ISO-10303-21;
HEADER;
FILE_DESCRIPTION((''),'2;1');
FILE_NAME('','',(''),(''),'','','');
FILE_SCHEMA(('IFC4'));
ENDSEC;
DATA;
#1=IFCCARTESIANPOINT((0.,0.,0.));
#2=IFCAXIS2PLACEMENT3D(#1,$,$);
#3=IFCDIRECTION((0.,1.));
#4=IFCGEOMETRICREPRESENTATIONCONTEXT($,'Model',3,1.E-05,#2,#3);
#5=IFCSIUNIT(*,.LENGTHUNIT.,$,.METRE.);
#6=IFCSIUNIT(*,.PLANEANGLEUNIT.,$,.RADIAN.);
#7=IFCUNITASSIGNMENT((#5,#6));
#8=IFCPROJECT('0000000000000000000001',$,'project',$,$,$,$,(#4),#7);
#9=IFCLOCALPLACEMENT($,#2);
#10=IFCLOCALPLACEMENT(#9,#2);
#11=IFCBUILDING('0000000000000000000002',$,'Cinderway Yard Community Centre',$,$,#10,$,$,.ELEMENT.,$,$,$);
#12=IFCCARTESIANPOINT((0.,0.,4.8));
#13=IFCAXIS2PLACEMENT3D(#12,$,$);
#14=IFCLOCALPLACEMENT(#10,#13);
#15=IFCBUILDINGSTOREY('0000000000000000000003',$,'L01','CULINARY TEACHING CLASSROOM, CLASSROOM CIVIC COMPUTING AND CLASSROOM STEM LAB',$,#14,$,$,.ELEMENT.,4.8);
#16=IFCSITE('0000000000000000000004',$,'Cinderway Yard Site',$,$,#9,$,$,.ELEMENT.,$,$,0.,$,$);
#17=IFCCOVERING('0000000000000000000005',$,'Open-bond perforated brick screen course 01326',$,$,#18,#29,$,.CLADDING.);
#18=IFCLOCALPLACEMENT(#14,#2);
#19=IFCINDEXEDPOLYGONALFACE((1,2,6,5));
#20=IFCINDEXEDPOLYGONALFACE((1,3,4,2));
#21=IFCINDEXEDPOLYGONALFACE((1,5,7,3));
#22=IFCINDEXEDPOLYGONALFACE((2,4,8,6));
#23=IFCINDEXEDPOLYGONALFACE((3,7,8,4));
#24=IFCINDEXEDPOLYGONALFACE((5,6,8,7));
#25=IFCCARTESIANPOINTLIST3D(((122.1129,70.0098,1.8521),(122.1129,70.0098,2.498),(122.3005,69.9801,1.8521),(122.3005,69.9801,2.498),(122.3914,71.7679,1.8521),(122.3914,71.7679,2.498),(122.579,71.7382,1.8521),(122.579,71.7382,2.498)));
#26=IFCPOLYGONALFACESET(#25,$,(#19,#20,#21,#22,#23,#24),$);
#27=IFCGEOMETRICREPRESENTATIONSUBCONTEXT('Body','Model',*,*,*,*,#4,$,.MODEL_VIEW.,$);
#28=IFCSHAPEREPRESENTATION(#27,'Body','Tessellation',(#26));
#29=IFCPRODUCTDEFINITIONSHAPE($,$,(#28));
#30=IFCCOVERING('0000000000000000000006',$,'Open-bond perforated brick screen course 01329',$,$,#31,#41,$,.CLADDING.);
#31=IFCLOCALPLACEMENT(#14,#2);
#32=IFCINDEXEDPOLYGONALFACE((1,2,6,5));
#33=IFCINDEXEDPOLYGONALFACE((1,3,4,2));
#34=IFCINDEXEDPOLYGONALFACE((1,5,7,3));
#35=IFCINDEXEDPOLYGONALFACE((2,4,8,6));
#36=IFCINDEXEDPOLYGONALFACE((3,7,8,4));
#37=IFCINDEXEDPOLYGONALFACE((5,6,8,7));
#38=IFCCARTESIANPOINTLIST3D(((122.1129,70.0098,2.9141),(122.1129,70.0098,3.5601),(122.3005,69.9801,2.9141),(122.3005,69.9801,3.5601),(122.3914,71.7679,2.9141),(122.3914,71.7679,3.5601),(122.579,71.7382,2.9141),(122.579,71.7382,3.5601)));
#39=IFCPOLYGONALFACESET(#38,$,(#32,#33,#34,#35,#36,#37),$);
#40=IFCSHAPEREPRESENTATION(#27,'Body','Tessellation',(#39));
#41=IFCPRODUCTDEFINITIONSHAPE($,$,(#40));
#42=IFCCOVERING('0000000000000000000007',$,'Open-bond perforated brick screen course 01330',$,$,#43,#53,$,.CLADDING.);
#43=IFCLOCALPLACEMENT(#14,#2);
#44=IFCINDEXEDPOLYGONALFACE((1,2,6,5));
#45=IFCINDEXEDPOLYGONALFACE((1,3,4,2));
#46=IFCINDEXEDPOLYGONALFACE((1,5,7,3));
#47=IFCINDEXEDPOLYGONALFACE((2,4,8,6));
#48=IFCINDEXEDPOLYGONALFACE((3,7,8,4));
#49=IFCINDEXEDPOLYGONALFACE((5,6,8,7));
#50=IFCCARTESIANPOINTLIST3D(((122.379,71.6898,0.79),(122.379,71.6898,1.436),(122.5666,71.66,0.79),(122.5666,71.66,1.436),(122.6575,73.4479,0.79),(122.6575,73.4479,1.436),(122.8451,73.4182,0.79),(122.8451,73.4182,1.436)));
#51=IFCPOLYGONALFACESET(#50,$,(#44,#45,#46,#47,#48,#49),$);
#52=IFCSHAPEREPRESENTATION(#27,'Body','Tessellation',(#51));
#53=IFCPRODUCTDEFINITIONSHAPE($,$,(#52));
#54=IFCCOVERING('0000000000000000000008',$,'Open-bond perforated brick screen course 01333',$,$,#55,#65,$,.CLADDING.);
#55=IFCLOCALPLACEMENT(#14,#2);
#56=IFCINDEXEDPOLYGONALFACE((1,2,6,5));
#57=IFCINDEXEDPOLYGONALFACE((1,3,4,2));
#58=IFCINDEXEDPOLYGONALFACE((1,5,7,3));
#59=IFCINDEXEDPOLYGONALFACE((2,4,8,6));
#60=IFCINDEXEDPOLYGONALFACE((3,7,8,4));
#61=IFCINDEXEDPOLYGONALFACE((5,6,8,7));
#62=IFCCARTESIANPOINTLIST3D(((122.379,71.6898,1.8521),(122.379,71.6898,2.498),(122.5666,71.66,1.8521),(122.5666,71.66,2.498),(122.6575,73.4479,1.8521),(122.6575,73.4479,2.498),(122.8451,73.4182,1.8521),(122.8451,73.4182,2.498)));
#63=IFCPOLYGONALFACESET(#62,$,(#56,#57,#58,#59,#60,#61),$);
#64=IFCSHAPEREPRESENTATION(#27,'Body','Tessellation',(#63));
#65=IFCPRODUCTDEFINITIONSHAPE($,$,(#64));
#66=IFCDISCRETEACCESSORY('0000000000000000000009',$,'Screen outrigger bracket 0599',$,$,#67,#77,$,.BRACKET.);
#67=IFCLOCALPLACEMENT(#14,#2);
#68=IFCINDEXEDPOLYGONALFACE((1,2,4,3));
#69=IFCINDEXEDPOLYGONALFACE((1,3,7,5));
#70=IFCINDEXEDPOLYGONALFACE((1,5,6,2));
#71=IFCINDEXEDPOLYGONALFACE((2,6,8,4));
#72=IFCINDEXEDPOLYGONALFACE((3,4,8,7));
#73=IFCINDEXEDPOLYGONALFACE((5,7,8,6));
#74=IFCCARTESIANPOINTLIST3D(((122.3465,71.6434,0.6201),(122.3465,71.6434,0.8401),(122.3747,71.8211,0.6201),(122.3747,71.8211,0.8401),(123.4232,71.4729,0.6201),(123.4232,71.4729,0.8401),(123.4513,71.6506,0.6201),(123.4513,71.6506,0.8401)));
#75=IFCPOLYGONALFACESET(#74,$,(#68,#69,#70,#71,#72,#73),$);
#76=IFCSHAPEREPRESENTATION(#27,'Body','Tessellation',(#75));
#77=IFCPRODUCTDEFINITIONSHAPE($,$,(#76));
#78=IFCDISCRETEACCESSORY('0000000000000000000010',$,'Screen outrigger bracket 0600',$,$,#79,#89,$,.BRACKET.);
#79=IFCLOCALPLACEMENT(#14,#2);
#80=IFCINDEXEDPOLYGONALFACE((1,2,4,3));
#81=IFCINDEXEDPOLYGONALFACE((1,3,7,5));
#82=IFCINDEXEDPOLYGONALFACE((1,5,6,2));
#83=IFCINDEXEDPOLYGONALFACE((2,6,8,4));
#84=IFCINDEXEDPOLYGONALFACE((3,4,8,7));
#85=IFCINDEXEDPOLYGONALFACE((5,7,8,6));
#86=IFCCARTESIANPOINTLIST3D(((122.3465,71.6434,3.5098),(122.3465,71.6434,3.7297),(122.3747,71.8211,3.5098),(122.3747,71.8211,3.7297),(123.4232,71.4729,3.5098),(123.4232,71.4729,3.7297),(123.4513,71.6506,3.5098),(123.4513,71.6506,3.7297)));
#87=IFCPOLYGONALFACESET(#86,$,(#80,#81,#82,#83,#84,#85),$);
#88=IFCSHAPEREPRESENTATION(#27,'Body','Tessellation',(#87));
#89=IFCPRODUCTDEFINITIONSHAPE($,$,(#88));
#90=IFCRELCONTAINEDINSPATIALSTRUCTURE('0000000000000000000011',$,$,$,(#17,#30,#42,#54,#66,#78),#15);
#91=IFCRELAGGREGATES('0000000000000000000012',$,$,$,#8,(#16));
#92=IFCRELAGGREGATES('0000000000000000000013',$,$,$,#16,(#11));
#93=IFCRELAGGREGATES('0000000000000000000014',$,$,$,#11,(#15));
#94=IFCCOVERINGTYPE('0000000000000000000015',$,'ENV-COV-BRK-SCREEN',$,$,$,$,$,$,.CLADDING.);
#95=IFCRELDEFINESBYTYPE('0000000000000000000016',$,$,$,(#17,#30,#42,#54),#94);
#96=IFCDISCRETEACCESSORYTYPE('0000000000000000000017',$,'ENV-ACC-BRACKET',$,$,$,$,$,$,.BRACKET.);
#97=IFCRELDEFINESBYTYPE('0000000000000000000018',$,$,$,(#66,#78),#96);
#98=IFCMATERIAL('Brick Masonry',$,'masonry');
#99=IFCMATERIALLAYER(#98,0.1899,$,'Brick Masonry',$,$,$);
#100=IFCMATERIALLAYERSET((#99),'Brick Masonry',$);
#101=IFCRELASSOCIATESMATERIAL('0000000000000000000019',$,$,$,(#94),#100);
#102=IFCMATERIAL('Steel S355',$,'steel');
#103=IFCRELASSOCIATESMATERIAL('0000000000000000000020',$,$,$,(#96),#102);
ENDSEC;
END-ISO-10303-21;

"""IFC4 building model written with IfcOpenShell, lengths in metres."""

from ifc_helpers import new_model, si_unit, direction, frame, origin, origin_2d, place, context, subcontext, project, spatial, rectangle, extrude, material, layer, layer_set, type_object, element, save


model = new_model("IFC4")

# Units and contexts
model_context = context("Model", 3, precision=1e-05, world=origin(), true_north=direction((0.0, 1.0)))
body_context = subcontext(model_context, "Body", "Model", "MODEL_VIEW")
ifc_project = project(units=[si_unit("LENGTHUNIT", "METRE"), si_unit("PLANEANGLEUNIT", "RADIAN")], contexts=[model_context])

# Site, building, storey
site_placement = place(None, origin())
site = spatial("IfcSite", under=ifc_project, at=site_placement, Name="Cinderway Yard Site", CompositionType="ELEMENT", RefElevation=0.0)
building_placement = place(site_placement, origin())
building = spatial("IfcBuilding", under=site, at=building_placement, Name="Cinderway Yard Community Centre", CompositionType="ELEMENT")
storey_placement = place(building_placement, frame((0.0, 0.0, 4.8)))
storey = spatial("IfcBuildingStorey", under=building, at=storey_placement, Name="L01", Description="CULINARY TEACHING CLASSROOM, CLASSROOM CIVIC COMPUTING AND CLASSROOM STEM LAB", CompositionType="ELEMENT", Elevation=4.8)

# Shared definitions
ifc_material_1 = material(Name="Steel S355", Category="steel")

# Coverings
ifc_material_2 = material(Name="Brick Masonry", Category="masonry")
ifc_layer_1 = layer(ifc_material_2, 0.1899, Name="Brick Masonry")
ifc_layer_set_1 = layer_set([ifc_layer_1], Name="Brick Masonry")
covering_type = type_object("IfcCoveringType", Name="ENV-COV-BRK-SCREEN", PredefinedType="CLADDING", material=ifc_layer_set_1)
for number, where, z_axis, x_axis, name in (
    (1, (122.3459, 70.874, 1.8521), (0.0, 0.0, 1.0), (0.156434, 0.987688, 0.0), "Open-bond perforated brick screen course 01326"),
    (2, (122.3459, 70.874, 2.9141), (0.0, 0.0, 1.0), (0.156434, 0.987688, 0.0), "Open-bond perforated brick screen course 01329"),
    (3, (122.6121, 72.554, 0.79), (0.0, 0.0, 1.0), (0.156434, 0.987688, 0.0), "Open-bond perforated brick screen course 01330"),
    (4, (122.6121, 72.554, 1.8521), (0.0, 0.0, 1.0), (0.156434, 0.987688, 0.0), "Open-bond perforated brick screen course 01333"),
):
    element("IfcCovering", number, at=place(storey_placement, frame(where, z_axis=z_axis, x_axis=x_axis)), inside=storey, type_object=covering_type, Name=name, PredefinedType="CLADDING", context=body_context, shape_type="SweptSolid", body=[
        extrude(rectangle(XDim=1.78, YDim=0.1899, at=origin_2d()), origin(), (0.0, 0.0, 1.0), 0.646),
    ])

# Discrete accessories
discrete_accessory_type = type_object("IfcDiscreteAccessoryType", Name="ENV-ACC-BRACKET", PredefinedType="BRACKET", material=ifc_material_1)
for number, where, z_axis, x_axis, name in (
    (5, (122.8989, 71.647, 0.6201), (0.0, 0.0, 1.0), (-0.987688, 0.156434, 0.0), "Screen outrigger bracket 0599"),
    (6, (122.8989, 71.647, 3.5098), (0.0, 0.0, 1.0), (-0.987688, 0.156434, 0.0), "Screen outrigger bracket 0600"),
):
    element("IfcDiscreteAccessory", number, at=place(storey_placement, frame(where, z_axis=z_axis, x_axis=x_axis)), inside=storey, type_object=discrete_accessory_type, Name=name, PredefinedType="BRACKET", context=body_context, shape_type="SweptSolid", body=[
        extrude(rectangle(XDim=1.0901, YDim=0.1799, at=origin_2d()), origin(), (0.0, 0.0, 1.0), 0.22),
    ])

save(model, "model.ifc")
